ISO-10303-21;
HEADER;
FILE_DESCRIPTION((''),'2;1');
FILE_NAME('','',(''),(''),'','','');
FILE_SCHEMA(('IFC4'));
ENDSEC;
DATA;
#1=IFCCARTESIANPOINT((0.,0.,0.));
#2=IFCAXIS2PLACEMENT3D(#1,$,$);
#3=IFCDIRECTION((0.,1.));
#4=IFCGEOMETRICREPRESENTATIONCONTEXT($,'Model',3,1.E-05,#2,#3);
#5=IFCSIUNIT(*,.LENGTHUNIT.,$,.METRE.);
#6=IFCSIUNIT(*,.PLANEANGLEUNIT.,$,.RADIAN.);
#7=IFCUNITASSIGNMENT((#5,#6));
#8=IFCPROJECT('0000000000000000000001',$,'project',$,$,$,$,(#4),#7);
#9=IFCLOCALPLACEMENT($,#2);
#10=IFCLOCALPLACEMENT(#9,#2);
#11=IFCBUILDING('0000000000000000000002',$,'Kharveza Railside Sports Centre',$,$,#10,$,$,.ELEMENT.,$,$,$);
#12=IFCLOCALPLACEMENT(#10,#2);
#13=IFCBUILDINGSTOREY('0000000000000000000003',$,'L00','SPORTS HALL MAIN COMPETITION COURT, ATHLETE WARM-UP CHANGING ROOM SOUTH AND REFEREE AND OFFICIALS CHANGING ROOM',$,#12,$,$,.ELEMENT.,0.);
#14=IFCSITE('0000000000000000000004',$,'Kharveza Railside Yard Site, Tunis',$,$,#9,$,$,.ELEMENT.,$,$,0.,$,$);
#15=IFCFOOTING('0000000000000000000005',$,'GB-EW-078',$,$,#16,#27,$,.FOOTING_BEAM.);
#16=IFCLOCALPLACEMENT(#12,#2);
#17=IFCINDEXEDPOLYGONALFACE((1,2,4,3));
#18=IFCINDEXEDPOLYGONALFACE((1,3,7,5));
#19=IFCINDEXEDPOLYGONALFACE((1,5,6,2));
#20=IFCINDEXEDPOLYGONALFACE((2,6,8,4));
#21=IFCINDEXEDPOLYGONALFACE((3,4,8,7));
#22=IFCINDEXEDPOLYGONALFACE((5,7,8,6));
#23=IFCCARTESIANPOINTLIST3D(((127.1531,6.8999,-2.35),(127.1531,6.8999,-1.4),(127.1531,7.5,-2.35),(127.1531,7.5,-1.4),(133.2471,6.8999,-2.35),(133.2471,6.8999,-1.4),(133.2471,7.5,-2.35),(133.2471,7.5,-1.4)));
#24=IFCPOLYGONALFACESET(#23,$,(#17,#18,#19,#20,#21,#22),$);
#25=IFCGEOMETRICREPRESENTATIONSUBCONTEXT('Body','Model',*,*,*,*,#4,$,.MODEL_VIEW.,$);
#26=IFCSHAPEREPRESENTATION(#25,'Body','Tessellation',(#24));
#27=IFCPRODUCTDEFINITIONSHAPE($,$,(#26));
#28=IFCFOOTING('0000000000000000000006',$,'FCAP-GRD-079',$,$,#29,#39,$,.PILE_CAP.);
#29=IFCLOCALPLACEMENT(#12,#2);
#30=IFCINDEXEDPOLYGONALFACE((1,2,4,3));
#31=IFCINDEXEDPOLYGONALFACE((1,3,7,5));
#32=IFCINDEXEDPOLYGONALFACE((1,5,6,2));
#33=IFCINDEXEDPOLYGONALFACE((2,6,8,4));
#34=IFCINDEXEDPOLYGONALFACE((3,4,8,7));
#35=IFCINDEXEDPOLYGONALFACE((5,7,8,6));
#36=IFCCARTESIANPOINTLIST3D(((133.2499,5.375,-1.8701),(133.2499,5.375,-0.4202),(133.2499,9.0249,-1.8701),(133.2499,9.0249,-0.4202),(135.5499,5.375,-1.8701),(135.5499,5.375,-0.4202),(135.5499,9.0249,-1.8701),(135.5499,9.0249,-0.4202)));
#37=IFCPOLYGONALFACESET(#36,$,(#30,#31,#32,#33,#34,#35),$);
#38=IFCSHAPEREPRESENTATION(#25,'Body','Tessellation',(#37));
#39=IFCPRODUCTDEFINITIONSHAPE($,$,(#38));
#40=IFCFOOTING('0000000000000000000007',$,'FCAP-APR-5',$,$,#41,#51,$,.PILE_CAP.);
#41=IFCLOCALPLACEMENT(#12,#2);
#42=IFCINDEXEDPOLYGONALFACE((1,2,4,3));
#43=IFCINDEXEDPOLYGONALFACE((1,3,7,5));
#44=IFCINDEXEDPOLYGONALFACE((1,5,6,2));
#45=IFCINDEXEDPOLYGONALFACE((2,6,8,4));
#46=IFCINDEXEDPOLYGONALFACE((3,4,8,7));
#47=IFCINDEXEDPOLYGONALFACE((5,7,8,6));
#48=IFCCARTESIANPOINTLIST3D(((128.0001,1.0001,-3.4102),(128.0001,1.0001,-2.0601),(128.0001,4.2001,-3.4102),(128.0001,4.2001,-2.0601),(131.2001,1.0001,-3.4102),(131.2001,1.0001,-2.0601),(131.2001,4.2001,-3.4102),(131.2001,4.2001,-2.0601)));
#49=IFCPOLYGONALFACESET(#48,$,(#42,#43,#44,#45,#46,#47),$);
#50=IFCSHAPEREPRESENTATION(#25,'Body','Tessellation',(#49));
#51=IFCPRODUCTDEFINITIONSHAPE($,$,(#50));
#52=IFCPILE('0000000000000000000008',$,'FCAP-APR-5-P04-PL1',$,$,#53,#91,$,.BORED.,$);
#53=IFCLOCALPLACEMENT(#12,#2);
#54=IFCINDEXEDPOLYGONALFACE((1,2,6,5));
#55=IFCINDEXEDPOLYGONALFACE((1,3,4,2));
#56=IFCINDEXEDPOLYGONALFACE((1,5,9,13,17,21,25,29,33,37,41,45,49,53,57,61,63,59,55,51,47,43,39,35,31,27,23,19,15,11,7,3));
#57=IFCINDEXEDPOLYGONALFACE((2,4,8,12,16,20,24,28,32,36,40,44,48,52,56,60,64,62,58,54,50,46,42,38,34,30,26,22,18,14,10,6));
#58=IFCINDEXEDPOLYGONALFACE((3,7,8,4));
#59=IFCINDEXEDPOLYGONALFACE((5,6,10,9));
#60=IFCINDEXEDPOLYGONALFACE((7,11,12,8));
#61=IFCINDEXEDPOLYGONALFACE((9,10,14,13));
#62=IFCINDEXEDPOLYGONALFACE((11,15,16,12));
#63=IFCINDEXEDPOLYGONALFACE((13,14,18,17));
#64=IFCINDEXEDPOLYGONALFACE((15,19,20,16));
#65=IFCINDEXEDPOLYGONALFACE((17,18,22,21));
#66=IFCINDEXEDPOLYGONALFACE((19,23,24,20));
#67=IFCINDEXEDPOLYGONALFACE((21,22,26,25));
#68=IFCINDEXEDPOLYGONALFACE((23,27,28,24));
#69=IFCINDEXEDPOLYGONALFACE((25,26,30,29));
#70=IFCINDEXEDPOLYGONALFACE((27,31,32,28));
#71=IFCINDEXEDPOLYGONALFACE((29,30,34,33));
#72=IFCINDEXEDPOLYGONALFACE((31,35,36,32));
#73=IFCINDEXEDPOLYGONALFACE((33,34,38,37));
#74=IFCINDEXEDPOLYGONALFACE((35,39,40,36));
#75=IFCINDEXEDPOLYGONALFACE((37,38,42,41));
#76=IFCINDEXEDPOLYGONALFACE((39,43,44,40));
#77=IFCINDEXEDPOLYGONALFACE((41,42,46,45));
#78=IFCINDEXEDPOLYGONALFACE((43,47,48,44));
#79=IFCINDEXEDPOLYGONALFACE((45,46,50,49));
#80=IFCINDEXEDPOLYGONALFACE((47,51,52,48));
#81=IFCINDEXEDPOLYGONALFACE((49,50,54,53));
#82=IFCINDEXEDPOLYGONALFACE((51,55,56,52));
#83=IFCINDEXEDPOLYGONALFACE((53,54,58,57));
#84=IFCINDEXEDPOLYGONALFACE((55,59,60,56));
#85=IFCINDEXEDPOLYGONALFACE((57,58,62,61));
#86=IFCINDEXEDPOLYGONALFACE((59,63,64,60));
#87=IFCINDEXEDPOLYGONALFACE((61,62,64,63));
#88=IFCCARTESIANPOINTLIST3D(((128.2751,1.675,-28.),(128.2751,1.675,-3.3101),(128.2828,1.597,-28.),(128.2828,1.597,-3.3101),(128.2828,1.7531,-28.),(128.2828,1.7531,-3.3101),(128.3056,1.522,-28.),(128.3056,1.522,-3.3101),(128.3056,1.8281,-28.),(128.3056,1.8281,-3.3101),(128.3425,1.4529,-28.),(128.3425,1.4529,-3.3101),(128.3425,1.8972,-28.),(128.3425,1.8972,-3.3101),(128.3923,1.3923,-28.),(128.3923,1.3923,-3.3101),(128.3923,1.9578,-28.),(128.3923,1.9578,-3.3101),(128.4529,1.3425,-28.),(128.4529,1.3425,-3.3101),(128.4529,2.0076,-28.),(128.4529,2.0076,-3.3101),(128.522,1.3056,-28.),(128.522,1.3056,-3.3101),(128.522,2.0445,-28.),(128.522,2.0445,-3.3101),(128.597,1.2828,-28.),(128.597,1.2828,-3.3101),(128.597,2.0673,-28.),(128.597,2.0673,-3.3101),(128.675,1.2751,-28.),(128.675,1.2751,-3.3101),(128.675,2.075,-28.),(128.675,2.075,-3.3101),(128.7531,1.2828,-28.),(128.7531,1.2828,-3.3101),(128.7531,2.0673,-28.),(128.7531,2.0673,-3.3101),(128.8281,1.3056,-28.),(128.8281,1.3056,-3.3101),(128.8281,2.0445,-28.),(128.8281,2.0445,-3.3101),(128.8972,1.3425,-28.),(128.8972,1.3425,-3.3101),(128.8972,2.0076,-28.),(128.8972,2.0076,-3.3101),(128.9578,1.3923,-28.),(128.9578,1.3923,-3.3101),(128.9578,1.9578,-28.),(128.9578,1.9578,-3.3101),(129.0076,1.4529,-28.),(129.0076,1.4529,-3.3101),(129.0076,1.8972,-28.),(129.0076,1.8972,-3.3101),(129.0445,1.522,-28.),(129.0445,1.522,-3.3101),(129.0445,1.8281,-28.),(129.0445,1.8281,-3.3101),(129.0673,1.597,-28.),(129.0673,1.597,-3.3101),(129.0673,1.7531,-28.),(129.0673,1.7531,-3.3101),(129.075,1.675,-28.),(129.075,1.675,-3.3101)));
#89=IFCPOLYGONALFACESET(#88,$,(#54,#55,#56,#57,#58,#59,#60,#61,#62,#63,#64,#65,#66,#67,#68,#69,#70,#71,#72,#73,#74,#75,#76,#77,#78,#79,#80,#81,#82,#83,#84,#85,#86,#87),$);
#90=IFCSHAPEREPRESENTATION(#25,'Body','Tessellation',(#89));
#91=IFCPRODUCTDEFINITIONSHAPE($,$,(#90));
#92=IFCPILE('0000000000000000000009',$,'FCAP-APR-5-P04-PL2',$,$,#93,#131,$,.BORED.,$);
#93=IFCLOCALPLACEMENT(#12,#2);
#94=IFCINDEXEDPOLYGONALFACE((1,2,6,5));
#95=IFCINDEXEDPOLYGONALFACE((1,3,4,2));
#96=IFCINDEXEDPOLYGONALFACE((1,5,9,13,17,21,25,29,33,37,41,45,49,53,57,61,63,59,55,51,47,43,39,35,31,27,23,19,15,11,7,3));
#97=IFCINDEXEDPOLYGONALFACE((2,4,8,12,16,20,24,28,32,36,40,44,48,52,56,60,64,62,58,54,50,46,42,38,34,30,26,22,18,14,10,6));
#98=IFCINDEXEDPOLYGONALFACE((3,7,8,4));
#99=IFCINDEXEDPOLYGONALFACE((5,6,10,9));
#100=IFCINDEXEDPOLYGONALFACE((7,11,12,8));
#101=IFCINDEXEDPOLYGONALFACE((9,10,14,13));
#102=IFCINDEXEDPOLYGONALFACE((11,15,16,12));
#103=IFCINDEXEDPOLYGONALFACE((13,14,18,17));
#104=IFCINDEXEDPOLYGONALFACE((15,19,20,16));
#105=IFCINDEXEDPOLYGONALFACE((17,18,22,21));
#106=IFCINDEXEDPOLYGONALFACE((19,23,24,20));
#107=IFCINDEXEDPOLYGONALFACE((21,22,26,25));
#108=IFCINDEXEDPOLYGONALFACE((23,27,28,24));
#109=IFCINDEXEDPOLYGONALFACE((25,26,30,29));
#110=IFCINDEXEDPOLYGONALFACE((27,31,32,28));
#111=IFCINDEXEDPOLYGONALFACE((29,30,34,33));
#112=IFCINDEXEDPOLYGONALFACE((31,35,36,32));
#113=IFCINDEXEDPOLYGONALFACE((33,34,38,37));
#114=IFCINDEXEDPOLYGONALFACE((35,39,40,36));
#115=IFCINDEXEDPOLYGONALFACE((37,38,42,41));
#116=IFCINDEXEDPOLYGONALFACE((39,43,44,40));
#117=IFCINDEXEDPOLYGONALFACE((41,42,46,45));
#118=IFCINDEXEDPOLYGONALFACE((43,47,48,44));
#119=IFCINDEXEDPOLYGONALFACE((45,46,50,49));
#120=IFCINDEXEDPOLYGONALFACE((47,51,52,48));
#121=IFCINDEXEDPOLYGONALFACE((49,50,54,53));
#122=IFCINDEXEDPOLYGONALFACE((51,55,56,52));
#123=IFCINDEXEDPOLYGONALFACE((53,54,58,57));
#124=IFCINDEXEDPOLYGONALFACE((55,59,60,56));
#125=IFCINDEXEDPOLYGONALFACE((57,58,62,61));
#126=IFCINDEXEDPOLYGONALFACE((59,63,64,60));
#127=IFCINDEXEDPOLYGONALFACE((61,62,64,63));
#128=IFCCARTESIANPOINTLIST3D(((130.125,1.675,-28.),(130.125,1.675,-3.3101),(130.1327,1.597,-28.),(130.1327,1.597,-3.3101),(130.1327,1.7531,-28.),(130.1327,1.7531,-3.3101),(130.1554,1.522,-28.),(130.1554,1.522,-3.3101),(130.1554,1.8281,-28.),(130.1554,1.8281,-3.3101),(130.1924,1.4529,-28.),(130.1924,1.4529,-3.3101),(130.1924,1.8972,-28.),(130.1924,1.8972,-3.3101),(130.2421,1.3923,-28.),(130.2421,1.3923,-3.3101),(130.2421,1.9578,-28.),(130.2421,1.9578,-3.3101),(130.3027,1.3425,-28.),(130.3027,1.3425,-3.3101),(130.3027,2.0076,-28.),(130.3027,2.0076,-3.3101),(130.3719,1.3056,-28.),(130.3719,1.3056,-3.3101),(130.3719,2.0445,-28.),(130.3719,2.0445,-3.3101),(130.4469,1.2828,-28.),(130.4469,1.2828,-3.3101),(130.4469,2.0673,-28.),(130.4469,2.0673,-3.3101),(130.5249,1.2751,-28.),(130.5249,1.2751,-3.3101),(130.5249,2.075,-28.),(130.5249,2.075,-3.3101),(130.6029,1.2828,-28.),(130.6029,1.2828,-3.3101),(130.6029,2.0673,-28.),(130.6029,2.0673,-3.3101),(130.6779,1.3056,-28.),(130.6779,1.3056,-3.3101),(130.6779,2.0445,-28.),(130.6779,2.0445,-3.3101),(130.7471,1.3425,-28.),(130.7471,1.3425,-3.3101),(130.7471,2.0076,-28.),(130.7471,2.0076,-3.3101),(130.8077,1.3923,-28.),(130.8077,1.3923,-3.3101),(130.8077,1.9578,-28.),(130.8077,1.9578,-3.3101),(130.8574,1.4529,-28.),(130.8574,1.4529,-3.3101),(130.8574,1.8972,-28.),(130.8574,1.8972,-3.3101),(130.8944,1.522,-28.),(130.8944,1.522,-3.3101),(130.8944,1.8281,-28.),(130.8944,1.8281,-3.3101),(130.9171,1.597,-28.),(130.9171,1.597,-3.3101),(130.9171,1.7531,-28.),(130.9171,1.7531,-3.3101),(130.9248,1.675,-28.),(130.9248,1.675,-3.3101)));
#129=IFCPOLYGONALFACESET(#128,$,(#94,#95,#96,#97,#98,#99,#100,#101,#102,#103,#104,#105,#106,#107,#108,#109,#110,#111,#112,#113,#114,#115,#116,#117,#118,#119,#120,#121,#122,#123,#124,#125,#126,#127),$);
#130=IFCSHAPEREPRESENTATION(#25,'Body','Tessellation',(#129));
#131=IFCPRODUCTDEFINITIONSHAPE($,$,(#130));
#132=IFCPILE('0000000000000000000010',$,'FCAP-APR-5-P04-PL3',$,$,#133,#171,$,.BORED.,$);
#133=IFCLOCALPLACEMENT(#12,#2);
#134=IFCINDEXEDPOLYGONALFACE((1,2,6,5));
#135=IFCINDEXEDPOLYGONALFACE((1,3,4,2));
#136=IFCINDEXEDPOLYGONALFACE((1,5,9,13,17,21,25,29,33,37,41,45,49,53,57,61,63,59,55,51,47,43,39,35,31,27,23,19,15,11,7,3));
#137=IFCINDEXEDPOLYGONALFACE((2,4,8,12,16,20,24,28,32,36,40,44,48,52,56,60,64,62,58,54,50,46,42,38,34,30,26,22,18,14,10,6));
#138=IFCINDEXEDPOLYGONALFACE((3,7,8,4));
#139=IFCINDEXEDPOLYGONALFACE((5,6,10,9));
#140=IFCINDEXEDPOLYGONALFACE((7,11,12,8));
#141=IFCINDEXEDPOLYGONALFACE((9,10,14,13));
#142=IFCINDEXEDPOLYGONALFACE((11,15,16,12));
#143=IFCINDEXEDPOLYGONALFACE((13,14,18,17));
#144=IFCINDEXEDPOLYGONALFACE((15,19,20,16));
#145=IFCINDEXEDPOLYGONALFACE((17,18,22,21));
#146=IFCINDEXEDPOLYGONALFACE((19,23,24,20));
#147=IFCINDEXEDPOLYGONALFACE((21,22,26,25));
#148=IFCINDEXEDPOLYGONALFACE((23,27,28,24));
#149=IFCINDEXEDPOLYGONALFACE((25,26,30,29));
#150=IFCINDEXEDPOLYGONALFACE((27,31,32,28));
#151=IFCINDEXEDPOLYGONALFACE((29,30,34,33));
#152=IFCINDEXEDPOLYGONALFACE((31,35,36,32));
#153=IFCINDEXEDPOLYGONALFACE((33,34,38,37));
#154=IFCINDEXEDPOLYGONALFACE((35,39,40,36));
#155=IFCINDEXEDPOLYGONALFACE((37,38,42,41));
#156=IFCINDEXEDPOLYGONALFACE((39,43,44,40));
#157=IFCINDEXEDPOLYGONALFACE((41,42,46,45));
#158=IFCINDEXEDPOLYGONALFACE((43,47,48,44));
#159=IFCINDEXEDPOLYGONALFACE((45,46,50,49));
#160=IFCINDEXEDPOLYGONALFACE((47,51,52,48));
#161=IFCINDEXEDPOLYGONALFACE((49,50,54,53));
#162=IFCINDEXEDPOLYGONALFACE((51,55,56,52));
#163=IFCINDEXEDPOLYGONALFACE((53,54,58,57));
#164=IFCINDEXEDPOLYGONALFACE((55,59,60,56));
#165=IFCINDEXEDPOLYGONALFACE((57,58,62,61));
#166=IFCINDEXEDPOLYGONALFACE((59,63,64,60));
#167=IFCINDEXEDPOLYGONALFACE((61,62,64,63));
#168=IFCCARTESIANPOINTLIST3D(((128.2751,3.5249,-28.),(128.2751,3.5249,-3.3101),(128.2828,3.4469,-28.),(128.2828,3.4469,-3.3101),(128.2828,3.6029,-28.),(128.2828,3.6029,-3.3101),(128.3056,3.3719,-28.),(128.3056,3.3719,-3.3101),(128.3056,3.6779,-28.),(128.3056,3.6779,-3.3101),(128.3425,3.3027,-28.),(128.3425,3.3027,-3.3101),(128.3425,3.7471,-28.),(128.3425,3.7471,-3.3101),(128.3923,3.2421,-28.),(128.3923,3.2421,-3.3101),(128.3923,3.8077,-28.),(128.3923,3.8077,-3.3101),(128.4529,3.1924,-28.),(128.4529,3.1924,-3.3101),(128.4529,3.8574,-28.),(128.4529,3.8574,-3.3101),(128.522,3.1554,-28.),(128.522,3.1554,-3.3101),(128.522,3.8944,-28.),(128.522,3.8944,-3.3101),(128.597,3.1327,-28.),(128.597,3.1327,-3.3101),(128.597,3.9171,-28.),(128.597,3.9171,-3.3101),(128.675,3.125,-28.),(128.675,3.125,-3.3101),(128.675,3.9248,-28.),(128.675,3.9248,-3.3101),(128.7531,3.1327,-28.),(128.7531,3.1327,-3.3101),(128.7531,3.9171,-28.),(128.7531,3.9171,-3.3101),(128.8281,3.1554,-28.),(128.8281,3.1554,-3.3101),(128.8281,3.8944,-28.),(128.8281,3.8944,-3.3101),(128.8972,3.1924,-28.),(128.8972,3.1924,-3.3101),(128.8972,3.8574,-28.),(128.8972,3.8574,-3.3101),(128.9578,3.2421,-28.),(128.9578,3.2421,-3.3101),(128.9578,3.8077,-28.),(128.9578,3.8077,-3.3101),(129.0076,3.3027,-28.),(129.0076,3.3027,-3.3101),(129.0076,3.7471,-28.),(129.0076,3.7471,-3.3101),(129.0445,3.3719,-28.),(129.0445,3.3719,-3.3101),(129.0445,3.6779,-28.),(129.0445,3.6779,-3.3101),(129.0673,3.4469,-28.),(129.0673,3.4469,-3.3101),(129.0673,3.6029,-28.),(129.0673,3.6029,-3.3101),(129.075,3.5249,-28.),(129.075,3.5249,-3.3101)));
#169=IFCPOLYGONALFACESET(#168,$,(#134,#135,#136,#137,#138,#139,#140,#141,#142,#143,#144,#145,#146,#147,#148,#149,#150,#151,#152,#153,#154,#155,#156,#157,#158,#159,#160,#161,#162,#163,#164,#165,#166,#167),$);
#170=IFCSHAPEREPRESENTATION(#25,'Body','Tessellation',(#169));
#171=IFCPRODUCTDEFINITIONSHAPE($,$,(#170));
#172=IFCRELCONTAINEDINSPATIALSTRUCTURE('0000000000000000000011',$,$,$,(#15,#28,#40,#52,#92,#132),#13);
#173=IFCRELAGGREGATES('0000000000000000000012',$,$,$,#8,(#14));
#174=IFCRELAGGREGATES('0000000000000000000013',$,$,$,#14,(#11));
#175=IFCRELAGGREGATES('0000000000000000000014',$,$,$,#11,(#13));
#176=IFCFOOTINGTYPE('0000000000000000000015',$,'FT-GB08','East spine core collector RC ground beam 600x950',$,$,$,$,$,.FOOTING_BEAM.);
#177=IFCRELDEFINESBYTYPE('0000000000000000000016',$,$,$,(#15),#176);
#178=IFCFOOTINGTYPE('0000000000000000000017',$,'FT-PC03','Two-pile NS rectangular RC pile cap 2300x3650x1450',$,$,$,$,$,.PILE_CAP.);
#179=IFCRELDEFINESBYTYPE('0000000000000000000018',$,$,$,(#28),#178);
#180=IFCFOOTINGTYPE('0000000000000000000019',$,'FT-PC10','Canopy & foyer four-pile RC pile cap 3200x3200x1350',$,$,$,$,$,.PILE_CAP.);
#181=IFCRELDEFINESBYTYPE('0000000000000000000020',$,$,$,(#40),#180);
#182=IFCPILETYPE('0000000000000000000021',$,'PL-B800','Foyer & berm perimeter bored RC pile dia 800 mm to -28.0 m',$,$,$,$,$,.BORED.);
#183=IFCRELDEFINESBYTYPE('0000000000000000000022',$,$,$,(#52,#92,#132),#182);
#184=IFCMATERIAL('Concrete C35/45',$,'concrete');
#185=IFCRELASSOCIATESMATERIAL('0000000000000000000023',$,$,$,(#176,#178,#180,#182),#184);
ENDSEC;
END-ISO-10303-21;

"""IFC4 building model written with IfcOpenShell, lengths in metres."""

from ifc_helpers import new_model, si_unit, direction, frame, origin, origin_2d, place, context, subcontext, project, spatial, rectangle, circle, extrude, material, material_profile, profile_set, type_object, element, save


model = new_model("IFC4")

# Units and contexts
model_context = context("Model", 3, precision=1e-05, world=origin(), true_north=direction((0.0, 1.0)))
body_context = subcontext(model_context, "Body", "Model", "MODEL_VIEW")
ifc_project = project(units=[si_unit("LENGTHUNIT", "METRE"), si_unit("PLANEANGLEUNIT", "RADIAN")], contexts=[model_context])

# Site, building, storey
site_placement = place(None, origin())
site = spatial("IfcSite", under=ifc_project, at=site_placement, Name="Kharveza Railside Yard Site, Tunis", CompositionType="ELEMENT", RefElevation=0.0)
building_placement = place(site_placement, origin())
building = spatial("IfcBuilding", under=site, at=building_placement, Name="Kharveza Railside Sports Centre", CompositionType="ELEMENT")
storey_placement = place(building_placement, origin())
storey = spatial("IfcBuildingStorey", under=building, at=storey_placement, Name="L00", Description="SPORTS HALL MAIN COMPETITION COURT, ATHLETE WARM-UP CHANGING ROOM SOUTH AND REFEREE AND OFFICIALS CHANGING ROOM", CompositionType="ELEMENT", Elevation=0.0)

# Footings
ifc_material_1 = material(Name="Concrete C35/45", Category="concrete")
ifc_material_profile_1 = material_profile(ifc_material_1, rectangle(XDim=0.6001, YDim=0.95, at=origin_2d()), Name="GB 600x950")
ifc_profile_set_1 = profile_set([ifc_material_profile_1], Name="Concrete C35/45")
footing_type_1 = type_object("IfcFootingType", Name="FT-GB08", Description="East spine core collector RC ground beam 600x950", PredefinedType="FOOTING_BEAM", material=ifc_profile_set_1)
footing_1_placement = place(storey_placement, frame((127.1531, 7.2, -1.875), z_axis=(1.0, 0.0, 0.0), x_axis=(0.0, 1.0, 0.0)))
element("IfcFooting", 1, at=footing_1_placement, inside=storey, type_object=footing_type_1, Name="GB-EW-078", PredefinedType="FOOTING_BEAM", context=body_context, shape_type="SweptSolid", body=[
    extrude(rectangle(XDim=0.6001, YDim=0.95, at=origin_2d()), origin(), (0.0, 0.0, 1.0), 6.094),
])
footing_type_2 = type_object("IfcFootingType", Name="FT-PC03", Description="Two-pile NS rectangular RC pile cap 2300x3650x1450", PredefinedType="PILE_CAP", material=ifc_material_1)
footing_2_placement = place(storey_placement, frame((134.3999, 7.2, -1.8701), z_axis=(0.0, 0.0, 1.0), x_axis=(1.0, 0.0, 0.0)))
element("IfcFooting", 2, at=footing_2_placement, inside=storey, type_object=footing_type_2, Name="FCAP-GRD-079", PredefinedType="PILE_CAP", context=body_context, shape_type="SweptSolid", body=[
    extrude(rectangle(XDim=2.3, YDim=3.6499, at=origin_2d()), origin(), (0.0, 0.0, 1.0), 1.45),
])
footing_type_3 = type_object("IfcFootingType", Name="FT-PC10", Description="Canopy & foyer four-pile RC pile cap 3200x3200x1350", PredefinedType="PILE_CAP", material=ifc_material_1)
footing_3_placement = place(storey_placement, frame((129.6001, 2.6001, -3.4102), z_axis=(0.0, 0.0, 1.0), x_axis=(1.0, 0.0, 0.0)))
element("IfcFooting", 3, at=footing_3_placement, inside=storey, type_object=footing_type_3, Name="FCAP-APR-5", PredefinedType="PILE_CAP", context=body_context, shape_type="SweptSolid", body=[
    extrude(rectangle(XDim=3.2, YDim=3.2, at=origin_2d()), origin(), (0.0, 0.0, 1.0), 1.3501),
])

# Piles
ifc_material_profile_2 = material_profile(ifc_material_1, circle(Radius=0.3999, at=origin_2d()), Name="PILE D800")
ifc_profile_set_2 = profile_set([ifc_material_profile_2], Name="Concrete C35/45")
pile_type_1 = type_object("IfcPileType", Name="PL-B800", Description="Foyer & berm perimeter bored RC pile dia 800 mm to -28.0 m", PredefinedType="BORED", material=ifc_profile_set_2)
for number, where, z_axis, x_axis, name in (
    (4, (128.675, 1.675, -3.3101), (0.0, 0.0, -1.0), (1.0, 0.0, 0.0), "FCAP-APR-5-P04-PL1"),
    (5, (130.5249, 1.675, -3.3101), (0.0, 0.0, -1.0), (1.0, 0.0, 0.0), "FCAP-APR-5-P04-PL2"),
    (6, (128.675, 3.5249, -3.3101), (0.0, 0.0, -1.0), (1.0, 0.0, 0.0), "FCAP-APR-5-P04-PL3"),
):
    element("IfcPile", number, at=place(storey_placement, frame(where, z_axis=z_axis, x_axis=x_axis)), inside=storey, type_object=pile_type_1, Name=name, PredefinedType="BORED", context=body_context, shape_type="SweptSolid", body=[
        extrude(circle(Radius=0.3999, at=origin_2d()), origin(), (0.0, 0.0, 1.0), 24.6899),
    ])

save(model, "model.ifc")
